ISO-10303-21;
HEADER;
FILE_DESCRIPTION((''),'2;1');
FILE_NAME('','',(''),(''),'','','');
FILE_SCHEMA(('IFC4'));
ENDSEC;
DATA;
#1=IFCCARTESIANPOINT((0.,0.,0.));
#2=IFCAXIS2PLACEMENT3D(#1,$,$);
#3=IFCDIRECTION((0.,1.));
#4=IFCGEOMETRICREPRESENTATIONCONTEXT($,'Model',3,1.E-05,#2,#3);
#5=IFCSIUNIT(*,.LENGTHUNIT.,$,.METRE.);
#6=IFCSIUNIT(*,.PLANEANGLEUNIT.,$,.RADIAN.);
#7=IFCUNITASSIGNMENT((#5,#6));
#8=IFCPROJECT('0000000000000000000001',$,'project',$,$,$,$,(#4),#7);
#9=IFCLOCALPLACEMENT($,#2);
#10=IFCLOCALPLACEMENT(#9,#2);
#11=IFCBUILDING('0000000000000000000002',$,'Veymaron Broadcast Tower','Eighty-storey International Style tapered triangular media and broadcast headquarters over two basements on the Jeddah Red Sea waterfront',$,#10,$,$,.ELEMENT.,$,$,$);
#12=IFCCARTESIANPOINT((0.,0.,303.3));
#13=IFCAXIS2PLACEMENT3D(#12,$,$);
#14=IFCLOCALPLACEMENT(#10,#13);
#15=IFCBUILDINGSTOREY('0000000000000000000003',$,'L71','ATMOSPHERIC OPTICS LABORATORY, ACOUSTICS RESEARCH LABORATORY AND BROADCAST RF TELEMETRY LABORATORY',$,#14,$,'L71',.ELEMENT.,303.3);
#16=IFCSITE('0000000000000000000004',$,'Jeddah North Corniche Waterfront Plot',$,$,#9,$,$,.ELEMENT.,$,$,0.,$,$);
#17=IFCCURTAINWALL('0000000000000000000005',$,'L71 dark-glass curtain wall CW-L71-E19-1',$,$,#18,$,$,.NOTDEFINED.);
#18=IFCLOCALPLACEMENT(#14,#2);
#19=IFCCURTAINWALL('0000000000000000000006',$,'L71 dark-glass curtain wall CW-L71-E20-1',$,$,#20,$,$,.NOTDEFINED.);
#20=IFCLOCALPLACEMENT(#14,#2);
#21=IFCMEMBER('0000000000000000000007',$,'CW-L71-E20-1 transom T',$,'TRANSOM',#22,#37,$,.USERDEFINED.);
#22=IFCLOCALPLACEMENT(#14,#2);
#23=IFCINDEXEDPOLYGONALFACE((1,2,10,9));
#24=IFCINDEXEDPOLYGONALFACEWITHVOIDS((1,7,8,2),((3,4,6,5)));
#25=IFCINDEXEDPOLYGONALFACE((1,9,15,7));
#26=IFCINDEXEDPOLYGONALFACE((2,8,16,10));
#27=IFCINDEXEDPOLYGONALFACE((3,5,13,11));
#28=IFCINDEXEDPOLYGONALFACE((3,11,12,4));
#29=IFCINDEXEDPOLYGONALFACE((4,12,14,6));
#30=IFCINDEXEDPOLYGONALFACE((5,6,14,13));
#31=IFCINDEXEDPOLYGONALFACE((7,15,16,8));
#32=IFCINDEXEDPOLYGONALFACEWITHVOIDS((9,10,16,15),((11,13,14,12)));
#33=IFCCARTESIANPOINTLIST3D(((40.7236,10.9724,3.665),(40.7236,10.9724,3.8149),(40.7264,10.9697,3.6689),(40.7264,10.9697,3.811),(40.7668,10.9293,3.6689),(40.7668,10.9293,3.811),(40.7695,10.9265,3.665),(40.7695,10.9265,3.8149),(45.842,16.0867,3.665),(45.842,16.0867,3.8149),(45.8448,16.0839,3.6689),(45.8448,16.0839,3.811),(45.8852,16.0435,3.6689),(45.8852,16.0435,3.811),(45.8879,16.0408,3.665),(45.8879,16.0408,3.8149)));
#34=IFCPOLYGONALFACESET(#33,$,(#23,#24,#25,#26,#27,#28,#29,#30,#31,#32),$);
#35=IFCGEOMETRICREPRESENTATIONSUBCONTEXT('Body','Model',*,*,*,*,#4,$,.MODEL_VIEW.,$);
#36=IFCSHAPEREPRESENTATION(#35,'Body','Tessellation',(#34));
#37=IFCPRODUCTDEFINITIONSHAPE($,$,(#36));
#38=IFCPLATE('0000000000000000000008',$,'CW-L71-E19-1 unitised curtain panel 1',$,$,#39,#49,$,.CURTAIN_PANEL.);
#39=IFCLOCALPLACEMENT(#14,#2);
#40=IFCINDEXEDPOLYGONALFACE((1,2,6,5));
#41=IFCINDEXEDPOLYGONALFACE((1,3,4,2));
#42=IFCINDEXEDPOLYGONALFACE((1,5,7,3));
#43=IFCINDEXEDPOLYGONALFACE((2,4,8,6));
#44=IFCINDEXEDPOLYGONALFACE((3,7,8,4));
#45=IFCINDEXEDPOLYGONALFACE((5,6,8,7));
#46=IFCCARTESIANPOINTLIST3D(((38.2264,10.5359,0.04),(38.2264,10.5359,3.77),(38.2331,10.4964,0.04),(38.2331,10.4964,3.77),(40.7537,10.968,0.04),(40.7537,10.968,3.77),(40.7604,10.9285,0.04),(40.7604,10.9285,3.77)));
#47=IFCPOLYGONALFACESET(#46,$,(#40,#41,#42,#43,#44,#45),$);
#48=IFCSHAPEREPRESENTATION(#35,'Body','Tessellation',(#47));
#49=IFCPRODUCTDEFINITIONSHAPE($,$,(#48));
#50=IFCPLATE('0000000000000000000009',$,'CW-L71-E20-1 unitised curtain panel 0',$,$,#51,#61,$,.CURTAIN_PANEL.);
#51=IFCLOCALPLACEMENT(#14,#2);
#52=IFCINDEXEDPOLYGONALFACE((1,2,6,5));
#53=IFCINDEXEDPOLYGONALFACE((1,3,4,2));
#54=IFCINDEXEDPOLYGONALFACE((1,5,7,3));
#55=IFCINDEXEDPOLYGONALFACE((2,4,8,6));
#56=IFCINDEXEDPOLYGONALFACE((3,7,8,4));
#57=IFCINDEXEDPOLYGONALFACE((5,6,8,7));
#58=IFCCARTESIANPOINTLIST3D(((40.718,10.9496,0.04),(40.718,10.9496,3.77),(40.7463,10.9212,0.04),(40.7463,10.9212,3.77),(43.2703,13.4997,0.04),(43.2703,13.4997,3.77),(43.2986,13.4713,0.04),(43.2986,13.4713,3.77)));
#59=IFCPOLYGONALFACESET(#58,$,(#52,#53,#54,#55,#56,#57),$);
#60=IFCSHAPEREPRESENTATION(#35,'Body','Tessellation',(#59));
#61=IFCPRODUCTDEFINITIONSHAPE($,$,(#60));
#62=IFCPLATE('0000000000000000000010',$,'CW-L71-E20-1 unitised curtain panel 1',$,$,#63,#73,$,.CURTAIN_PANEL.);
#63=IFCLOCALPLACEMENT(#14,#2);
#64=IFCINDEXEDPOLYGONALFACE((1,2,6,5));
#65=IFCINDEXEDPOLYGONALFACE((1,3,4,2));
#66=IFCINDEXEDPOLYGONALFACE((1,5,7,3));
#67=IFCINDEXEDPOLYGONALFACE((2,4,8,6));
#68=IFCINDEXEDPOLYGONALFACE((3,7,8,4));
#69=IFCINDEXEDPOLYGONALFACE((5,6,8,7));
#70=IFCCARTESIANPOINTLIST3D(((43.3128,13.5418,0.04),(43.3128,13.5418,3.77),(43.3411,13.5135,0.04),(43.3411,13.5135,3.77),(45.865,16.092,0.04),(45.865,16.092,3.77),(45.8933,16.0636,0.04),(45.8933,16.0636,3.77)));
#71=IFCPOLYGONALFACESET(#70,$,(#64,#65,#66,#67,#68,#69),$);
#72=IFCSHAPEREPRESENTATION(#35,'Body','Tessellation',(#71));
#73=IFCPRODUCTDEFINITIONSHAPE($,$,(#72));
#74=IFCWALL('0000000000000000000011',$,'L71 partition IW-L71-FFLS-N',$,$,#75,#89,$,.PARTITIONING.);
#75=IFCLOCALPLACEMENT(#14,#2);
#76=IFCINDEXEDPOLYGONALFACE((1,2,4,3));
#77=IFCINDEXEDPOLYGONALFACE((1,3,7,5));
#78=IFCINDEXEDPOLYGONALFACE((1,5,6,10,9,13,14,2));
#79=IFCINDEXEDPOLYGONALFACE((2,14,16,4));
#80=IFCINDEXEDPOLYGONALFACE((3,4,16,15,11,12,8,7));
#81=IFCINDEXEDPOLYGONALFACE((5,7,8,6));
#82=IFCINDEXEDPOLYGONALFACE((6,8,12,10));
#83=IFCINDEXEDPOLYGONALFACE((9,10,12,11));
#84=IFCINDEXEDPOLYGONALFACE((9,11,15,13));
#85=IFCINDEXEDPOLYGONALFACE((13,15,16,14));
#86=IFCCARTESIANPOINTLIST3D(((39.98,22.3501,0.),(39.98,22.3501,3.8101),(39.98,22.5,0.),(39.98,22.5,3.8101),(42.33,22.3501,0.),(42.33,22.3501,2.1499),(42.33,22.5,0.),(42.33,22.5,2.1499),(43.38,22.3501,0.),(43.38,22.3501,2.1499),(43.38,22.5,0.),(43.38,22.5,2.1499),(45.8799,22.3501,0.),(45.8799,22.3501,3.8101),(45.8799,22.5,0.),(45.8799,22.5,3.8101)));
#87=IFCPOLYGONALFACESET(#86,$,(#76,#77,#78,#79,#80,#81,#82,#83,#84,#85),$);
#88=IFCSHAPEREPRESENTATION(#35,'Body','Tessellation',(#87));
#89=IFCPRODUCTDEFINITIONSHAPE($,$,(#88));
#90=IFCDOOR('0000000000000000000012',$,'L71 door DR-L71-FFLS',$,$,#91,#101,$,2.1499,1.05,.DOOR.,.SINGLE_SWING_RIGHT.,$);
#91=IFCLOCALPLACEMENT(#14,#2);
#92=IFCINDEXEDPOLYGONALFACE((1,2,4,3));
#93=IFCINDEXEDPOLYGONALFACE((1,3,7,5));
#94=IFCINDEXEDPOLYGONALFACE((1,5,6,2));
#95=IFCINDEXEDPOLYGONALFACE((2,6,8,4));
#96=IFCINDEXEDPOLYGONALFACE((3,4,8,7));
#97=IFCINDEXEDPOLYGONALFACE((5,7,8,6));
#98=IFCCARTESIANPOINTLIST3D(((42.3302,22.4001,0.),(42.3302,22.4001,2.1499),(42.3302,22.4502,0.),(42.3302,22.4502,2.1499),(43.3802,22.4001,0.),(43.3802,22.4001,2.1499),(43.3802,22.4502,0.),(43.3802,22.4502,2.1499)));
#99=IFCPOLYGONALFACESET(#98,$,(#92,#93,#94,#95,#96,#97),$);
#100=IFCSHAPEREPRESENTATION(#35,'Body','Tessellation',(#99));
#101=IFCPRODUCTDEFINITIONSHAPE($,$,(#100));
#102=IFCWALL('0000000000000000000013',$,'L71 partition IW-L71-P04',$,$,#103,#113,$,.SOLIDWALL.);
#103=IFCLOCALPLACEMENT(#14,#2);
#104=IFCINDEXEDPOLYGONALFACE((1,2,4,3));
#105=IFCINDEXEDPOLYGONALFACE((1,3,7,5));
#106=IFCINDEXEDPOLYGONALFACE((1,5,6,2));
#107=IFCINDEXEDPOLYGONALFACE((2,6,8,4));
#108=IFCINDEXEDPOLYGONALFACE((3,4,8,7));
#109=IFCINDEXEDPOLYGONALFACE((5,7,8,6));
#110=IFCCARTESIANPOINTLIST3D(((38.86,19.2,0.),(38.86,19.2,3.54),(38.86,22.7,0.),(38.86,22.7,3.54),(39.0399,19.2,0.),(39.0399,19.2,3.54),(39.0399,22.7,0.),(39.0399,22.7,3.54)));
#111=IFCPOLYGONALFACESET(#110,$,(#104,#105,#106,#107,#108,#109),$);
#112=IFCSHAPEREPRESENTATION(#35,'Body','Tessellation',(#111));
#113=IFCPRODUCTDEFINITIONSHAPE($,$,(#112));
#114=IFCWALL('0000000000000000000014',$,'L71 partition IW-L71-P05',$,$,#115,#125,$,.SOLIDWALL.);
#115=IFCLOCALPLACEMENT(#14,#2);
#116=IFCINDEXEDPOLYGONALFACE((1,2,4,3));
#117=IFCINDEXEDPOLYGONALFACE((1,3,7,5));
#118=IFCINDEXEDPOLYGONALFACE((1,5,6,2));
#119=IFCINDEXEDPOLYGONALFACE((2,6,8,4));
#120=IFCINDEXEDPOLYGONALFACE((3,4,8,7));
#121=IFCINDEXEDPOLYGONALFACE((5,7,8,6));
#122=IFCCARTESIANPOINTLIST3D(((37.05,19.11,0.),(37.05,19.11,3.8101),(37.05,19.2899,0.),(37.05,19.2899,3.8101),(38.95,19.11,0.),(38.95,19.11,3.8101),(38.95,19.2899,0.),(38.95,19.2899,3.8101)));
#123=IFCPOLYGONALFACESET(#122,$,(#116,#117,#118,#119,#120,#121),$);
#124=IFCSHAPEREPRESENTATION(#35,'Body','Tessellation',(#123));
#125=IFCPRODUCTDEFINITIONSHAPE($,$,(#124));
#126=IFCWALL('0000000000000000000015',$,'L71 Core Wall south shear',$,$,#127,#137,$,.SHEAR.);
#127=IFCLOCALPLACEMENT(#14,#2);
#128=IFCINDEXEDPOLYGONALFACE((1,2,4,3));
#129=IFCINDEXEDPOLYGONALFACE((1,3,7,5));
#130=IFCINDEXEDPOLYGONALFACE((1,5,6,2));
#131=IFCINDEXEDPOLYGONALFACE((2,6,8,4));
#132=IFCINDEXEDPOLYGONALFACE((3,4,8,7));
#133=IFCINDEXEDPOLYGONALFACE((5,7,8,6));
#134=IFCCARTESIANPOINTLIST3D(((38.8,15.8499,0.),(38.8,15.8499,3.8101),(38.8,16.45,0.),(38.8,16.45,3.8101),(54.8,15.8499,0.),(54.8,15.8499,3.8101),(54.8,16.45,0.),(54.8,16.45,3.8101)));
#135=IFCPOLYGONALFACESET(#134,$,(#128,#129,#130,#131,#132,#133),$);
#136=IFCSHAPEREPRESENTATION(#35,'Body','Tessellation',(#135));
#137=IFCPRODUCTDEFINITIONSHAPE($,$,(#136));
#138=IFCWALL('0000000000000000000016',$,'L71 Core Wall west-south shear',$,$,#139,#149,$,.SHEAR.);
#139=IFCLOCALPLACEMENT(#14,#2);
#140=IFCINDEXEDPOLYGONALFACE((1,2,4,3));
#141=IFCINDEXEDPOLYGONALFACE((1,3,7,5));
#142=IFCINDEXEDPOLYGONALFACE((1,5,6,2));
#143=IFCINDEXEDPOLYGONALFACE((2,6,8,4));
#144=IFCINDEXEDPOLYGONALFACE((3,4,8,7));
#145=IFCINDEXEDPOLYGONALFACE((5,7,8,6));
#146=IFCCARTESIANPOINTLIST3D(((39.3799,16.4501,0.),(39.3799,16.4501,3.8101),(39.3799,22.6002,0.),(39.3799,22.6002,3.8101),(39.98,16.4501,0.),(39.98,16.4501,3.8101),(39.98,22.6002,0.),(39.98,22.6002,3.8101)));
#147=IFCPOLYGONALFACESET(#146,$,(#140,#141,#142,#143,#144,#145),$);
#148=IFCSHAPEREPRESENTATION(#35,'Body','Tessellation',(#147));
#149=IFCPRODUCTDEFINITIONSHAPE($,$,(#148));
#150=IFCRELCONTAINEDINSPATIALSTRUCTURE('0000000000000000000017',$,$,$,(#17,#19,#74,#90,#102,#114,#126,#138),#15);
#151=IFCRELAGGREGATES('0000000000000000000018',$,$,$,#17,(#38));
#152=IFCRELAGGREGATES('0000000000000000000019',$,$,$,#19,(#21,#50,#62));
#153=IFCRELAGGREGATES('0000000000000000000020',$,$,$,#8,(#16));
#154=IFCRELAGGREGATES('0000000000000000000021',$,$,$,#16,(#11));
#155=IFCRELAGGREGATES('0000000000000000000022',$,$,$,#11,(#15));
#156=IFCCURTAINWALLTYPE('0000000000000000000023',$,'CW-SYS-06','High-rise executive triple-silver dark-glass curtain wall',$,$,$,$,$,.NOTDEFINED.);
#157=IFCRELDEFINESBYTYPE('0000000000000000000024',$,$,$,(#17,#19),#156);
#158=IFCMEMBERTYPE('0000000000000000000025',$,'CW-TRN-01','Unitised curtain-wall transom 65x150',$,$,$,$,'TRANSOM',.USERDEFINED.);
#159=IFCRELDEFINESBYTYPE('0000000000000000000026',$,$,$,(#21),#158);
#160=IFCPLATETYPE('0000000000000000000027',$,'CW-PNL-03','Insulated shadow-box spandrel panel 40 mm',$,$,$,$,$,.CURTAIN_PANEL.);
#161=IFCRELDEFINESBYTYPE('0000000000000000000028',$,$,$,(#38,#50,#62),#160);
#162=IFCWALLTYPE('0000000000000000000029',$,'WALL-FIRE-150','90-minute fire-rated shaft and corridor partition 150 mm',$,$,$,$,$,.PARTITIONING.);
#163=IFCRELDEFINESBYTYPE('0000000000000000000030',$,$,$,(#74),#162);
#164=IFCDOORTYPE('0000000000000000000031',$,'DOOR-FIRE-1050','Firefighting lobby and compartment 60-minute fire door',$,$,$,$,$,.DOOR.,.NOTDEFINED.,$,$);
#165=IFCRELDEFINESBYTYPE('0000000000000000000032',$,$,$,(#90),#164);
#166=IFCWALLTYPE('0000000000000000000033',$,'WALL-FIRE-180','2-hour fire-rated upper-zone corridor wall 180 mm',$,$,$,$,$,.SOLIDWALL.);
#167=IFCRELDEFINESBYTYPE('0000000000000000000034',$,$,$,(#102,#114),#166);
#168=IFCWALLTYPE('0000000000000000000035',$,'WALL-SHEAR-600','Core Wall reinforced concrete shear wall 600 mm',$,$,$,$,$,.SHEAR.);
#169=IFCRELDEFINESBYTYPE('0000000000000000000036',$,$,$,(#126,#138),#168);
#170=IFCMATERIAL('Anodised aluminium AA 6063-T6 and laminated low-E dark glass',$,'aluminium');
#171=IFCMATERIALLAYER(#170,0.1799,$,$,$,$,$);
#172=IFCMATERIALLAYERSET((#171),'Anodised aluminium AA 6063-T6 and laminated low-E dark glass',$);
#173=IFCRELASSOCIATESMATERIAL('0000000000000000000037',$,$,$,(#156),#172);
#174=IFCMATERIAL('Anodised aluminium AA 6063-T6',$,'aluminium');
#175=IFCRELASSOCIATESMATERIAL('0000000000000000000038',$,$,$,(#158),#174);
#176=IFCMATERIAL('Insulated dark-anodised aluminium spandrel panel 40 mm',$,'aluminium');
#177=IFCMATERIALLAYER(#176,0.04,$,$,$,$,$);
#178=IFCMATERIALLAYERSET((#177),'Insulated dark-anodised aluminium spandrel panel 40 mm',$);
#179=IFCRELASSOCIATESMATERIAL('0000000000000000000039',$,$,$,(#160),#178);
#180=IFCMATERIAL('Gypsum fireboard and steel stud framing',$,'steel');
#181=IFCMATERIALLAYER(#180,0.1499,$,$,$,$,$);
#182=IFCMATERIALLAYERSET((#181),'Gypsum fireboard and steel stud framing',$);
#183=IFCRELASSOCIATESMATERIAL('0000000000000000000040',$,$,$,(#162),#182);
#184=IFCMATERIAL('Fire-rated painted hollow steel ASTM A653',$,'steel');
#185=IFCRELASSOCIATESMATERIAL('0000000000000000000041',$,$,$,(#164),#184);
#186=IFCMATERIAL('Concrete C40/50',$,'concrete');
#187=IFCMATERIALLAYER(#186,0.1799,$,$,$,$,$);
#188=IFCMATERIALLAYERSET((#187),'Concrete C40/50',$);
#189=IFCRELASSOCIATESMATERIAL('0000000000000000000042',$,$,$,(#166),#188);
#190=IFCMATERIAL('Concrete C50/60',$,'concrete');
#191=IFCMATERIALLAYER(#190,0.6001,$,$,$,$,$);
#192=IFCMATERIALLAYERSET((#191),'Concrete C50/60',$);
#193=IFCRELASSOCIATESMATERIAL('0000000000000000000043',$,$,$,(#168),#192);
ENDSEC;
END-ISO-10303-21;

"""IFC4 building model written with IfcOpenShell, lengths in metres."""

from ifc_helpers import new_model, si_unit, direction, frame, frame_2d, origin, origin_2d, place, context, subcontext, project, spatial, rectangle, hollow_rectangle, extrude, material, layer, layer_set, material_profile, profile_set, type_object, element, fill, aggregate, save


model = new_model("IFC4")

# Units and contexts
model_context = context("Model", 3, precision=1e-05, world=origin(), true_north=direction((0.0, 1.0)))
body_context = subcontext(model_context, "Body", "Model", "MODEL_VIEW")
ifc_project = project(units=[si_unit("LENGTHUNIT", "METRE"), si_unit("PLANEANGLEUNIT", "RADIAN")], contexts=[model_context])

# Site, building, storey
site_placement = place(None, origin())
site = spatial("IfcSite", under=ifc_project, at=site_placement, Name="Jeddah North Corniche Waterfront Plot", CompositionType="ELEMENT", RefElevation=0.0)
building_placement = place(site_placement, origin())
building = spatial("IfcBuilding", under=site, at=building_placement, Name="Veymaron Broadcast Tower", Description="Eighty-storey International Style tapered triangular media and broadcast headquarters over two basements on the Jeddah Red Sea waterfront", CompositionType="ELEMENT")
storey_placement = place(building_placement, frame((0.0, 0.0, 303.3)))
storey = spatial("IfcBuildingStorey", under=building, at=storey_placement, Name="L71", Description="ATMOSPHERIC OPTICS LABORATORY, ACOUSTICS RESEARCH LABORATORY AND BROADCAST RF TELEMETRY LABORATORY", LongName="L71", CompositionType="ELEMENT", Elevation=303.3)

# Curtain walls, member
ifc_material_1 = material(Name="Anodised aluminium AA 6063-T6 and laminated low-E dark glass", Category="aluminium")
ifc_layer_1 = layer(ifc_material_1, 0.1799)
ifc_layer_set_1 = layer_set([ifc_layer_1], Name="Anodised aluminium AA 6063-T6 and laminated low-E dark glass")
curtain_wall_type = type_object("IfcCurtainWallType", Name="CW-SYS-06", Description="High-rise executive triple-silver dark-glass curtain wall", PredefinedType="NOTDEFINED", material=ifc_layer_set_1)
curtain_wall_1_placement = place(storey_placement, origin())
curtain_wall_1 = element("IfcCurtainWall", 1, at=curtain_wall_1_placement, inside=storey, type_object=curtain_wall_type, Name="L71 dark-glass curtain wall CW-L71-E19-1", PredefinedType="NOTDEFINED")
ifc_material_2 = material(Name="Anodised aluminium AA 6063-T6", Category="aluminium")
curtain_wall_2_placement = place(storey_placement, origin())
curtain_wall_2 = element("IfcCurtainWall", 2, at=curtain_wall_2_placement, inside=storey, type_object=curtain_wall_type, Name="L71 dark-glass curtain wall CW-L71-E20-1", PredefinedType="NOTDEFINED")
ifc_material_profile_1 = material_profile(ifc_material_2, hollow_rectangle(XDim=0.0649, YDim=0.1499, WallThickness=0.0039, at=origin_2d()), Name="AL150X65X4")
ifc_profile_set_1 = profile_set([ifc_material_profile_1], Name="Anodised aluminium AA 6063-T6")
member_type_1 = type_object("IfcMemberType", Name="CW-TRN-01", Description="Unitised curtain-wall transom 65x150", ElementType="TRANSOM", PredefinedType="USERDEFINED", material=ifc_profile_set_1)
member_1_placement = place(storey_placement, frame((40.7466, 10.9495, 3.74), z_axis=(0.707394, 0.70682, 0.0), x_axis=(-0.70682, 0.707394, 0.0)))
member_1 = element("IfcMember", 3, at=member_1_placement, type_object=member_type_1, Name="CW-L71-E20-1 transom T", ObjectType="TRANSOM", PredefinedType="USERDEFINED", context=body_context, shape_type="SweptSolid", body=[
    extrude(hollow_rectangle(XDim=0.0649, YDim=0.1499, WallThickness=0.0039, at=origin_2d()), origin(), (0.0, 0.0, 1.0), 7.2356),
])

# Plates
ifc_material_3 = material(Name="Insulated dark-anodised aluminium spandrel panel 40 mm", Category="aluminium")
ifc_layer_2 = layer(ifc_material_3, 0.04)
ifc_layer_set_2 = layer_set([ifc_layer_2], Name="Insulated dark-anodised aluminium spandrel panel 40 mm")
plate_type = type_object("IfcPlateType", Name="CW-PNL-03", Description="Insulated shadow-box spandrel panel 40 mm", PredefinedType="CURTAIN_PANEL", material=ifc_layer_set_2)
plate_1_placement = place(storey_placement, frame((39.4934, 10.7322, 0.04), z_axis=(0.0, 0.0, 1.0), x_axis=(0.985698, 0.168524, 0.0)))
plate_1 = element("IfcPlate", 4, at=plate_1_placement, type_object=plate_type, Name="CW-L71-E19-1 unitised curtain panel 1", PredefinedType="CURTAIN_PANEL", context=body_context, shape_type="SweptSolid", body=[
    extrude(rectangle(XDim=2.564, YDim=0.04, at=origin_2d()), origin(), (0.0, 0.0, 1.0), 3.73),
])
aggregate(curtain_wall_1, [plate_1])
plate_2_placement = place(storey_placement, frame((42.0083, 12.2104, 0.04), z_axis=(0.0, 0.0, 1.0), x_axis=(0.707403, 0.706811, 0.0)))
plate_2 = element("IfcPlate", 5, at=plate_2_placement, type_object=plate_type, Name="CW-L71-E20-1 unitised curtain panel 0", PredefinedType="CURTAIN_PANEL", context=body_context, shape_type="SweptSolid", body=[
    extrude(rectangle(XDim=3.6079, YDim=0.04, at=origin_2d()), origin(), (0.0, 0.0, 1.0), 3.73),
])
plate_3_placement = place(storey_placement, frame((44.603, 14.8027, 0.04), z_axis=(0.0, 0.0, 1.0), x_axis=(0.707403, 0.706811, 0.0)))
plate_3 = element("IfcPlate", 6, at=plate_3_placement, type_object=plate_type, Name="CW-L71-E20-1 unitised curtain panel 1", PredefinedType="CURTAIN_PANEL", context=body_context, shape_type="SweptSolid", body=[
    extrude(rectangle(XDim=3.6079, YDim=0.04, at=origin_2d()), origin(), (0.0, 0.0, 1.0), 3.73),
])
aggregate(curtain_wall_2, [member_1, plate_2, plate_3])

# Wall, opening, door
ifc_material_4 = material(Name="Gypsum fireboard and steel stud framing", Category="steel")
ifc_layer_3 = layer(ifc_material_4, 0.1499)
ifc_layer_set_3 = layer_set([ifc_layer_3], Name="Gypsum fireboard and steel stud framing")
wall_type_1 = type_object("IfcWallType", Name="WALL-FIRE-150", Description="90-minute fire-rated shaft and corridor partition 150 mm", PredefinedType="PARTITIONING", material=ifc_layer_set_3)
wall_1_placement = place(storey_placement, frame((39.98, 22.425, 0.0), z_axis=(0.0, 0.0, 1.0), x_axis=(1.0, 0.0, 0.0)))
wall_1 = element("IfcWall", 7, at=wall_1_placement, inside=storey, type_object=wall_type_1, Name="L71 partition IW-L71-FFLS-N", PredefinedType="PARTITIONING", context=body_context, shape_type="SweptSolid", body=[
    extrude(rectangle(XDim=5.8999, YDim=0.1499, at=frame_2d((2.95, 0.0))), origin(), (0.0, 0.0, 1.0), 3.8101),
])
opening_1_placement = place(wall_1_placement, frame((2.3501, 0.0, 0.0)))
opening_1 = element("IfcOpeningElement", 8, at=opening_1_placement, cuts=wall_1, PredefinedType="OPENING", context=body_context, shape_type="SweptSolid", body=[
    extrude(rectangle(XDim=1.05, YDim=2.1499, at=frame_2d((0.5249, 1.075))), frame((0.0, 0.085, 0.0), z_axis=(0.0, -1.0, 0.0), x_axis=(1.0, 0.0, 0.0)), (0.0, 0.0, 1.0), 0.1699),
])
ifc_material_5 = material(Name="Fire-rated painted hollow steel ASTM A653", Category="steel")
door_type_1 = type_object("IfcDoorType", Name="DOOR-FIRE-1050", Description="Firefighting lobby and compartment 60-minute fire door", OperationType="NOTDEFINED", PredefinedType="DOOR", material=ifc_material_5)
door_1_placement = place(opening_1_placement, frame((1.05, 0.0, 0.0), z_axis=(0.0, 0.0, 1.0), x_axis=(-1.0, 0.0, 0.0)))
door_1 = element("IfcDoor", 9, at=door_1_placement, inside=storey, type_object=door_type_1, Name="L71 door DR-L71-FFLS", OperationType="SINGLE_SWING_RIGHT", OverallHeight=2.1499, OverallWidth=1.05, PredefinedType="DOOR", context=body_context, shape_type="SweptSolid", body=[
    extrude(rectangle(XDim=1.05, YDim=2.1499, at=frame_2d((0.5249, 1.075))), frame((0.0, 0.0249, 0.0), z_axis=(0.0, -1.0, 0.0), x_axis=(1.0, 0.0, 0.0)), (0.0, 0.0, 1.0), 0.05),
])
fill(opening_1, door_1)

# Walls
ifc_material_6 = material(Name="Concrete C40/50", Category="concrete")
ifc_layer_4 = layer(ifc_material_6, 0.1799)
ifc_layer_set_4 = layer_set([ifc_layer_4], Name="Concrete C40/50")
wall_type_2 = type_object("IfcWallType", Name="WALL-FIRE-180", Description="2-hour fire-rated upper-zone corridor wall 180 mm", PredefinedType="SOLIDWALL", material=ifc_layer_set_4)
wall_2_placement = place(storey_placement, frame((38.95, 19.2, 0.0), z_axis=(0.0, 0.0, 1.0), x_axis=(0.0, 1.0, 0.0)))
element("IfcWall", 10, at=wall_2_placement, inside=storey, type_object=wall_type_2, Name="L71 partition IW-L71-P04", PredefinedType="SOLIDWALL", context=body_context, shape_type="SweptSolid", body=[
    extrude(rectangle(XDim=3.5, YDim=0.1799, at=frame_2d((1.75, 0.0))), origin(), (0.0, 0.0, 1.0), 3.54),
])
wall_3_placement = place(storey_placement, frame((37.05, 19.2, 0.0), z_axis=(0.0, 0.0, 1.0), x_axis=(1.0, 0.0, 0.0)))
element("IfcWall", 11, at=wall_3_placement, inside=storey, type_object=wall_type_2, Name="L71 partition IW-L71-P05", PredefinedType="SOLIDWALL", context=body_context, shape_type="SweptSolid", body=[
    extrude(rectangle(XDim=1.8999, YDim=0.1799, at=frame_2d((0.95, 0.0))), origin(), (0.0, 0.0, 1.0), 3.8101),
])

# Shared definitions
ifc_material_7 = material(Name="Concrete C50/60", Category="concrete")

# Walls
ifc_layer_5 = layer(ifc_material_7, 0.6001)
ifc_layer_set_5 = layer_set([ifc_layer_5], Name="Concrete C50/60")
wall_type_3 = type_object("IfcWallType", Name="WALL-SHEAR-600", Description="Core Wall reinforced concrete shear wall 600 mm", PredefinedType="SHEAR", material=ifc_layer_set_5)
wall_4_placement = place(storey_placement, frame((38.8, 16.1499, 0.0), z_axis=(0.0, 0.0, 1.0), x_axis=(1.0, 0.0, 0.0)))
element("IfcWall", 12, at=wall_4_placement, inside=storey, type_object=wall_type_3, Name="L71 Core Wall south shear", PredefinedType="SHEAR", context=body_context, shape_type="SweptSolid", body=[
    extrude(rectangle(XDim=16.0, YDim=0.6001, at=frame_2d((8.0, 0.0))), origin(), (0.0, 0.0, 1.0), 3.8101),
])
wall_5_placement = place(storey_placement, frame((39.6799, 16.45, 0.0), z_axis=(0.0, 0.0, 1.0), x_axis=(0.0, 1.0, 0.0)))
element("IfcWall", 13, at=wall_5_placement, inside=storey, type_object=wall_type_3, Name="L71 Core Wall west-south shear", PredefinedType="SHEAR", context=body_context, shape_type="SweptSolid", body=[
    extrude(rectangle(XDim=6.1501, YDim=0.6001, at=frame_2d((3.0752, 0.0))), origin(), (0.0, 0.0, 1.0), 3.8101),
])

save(model, "model.ifc")
